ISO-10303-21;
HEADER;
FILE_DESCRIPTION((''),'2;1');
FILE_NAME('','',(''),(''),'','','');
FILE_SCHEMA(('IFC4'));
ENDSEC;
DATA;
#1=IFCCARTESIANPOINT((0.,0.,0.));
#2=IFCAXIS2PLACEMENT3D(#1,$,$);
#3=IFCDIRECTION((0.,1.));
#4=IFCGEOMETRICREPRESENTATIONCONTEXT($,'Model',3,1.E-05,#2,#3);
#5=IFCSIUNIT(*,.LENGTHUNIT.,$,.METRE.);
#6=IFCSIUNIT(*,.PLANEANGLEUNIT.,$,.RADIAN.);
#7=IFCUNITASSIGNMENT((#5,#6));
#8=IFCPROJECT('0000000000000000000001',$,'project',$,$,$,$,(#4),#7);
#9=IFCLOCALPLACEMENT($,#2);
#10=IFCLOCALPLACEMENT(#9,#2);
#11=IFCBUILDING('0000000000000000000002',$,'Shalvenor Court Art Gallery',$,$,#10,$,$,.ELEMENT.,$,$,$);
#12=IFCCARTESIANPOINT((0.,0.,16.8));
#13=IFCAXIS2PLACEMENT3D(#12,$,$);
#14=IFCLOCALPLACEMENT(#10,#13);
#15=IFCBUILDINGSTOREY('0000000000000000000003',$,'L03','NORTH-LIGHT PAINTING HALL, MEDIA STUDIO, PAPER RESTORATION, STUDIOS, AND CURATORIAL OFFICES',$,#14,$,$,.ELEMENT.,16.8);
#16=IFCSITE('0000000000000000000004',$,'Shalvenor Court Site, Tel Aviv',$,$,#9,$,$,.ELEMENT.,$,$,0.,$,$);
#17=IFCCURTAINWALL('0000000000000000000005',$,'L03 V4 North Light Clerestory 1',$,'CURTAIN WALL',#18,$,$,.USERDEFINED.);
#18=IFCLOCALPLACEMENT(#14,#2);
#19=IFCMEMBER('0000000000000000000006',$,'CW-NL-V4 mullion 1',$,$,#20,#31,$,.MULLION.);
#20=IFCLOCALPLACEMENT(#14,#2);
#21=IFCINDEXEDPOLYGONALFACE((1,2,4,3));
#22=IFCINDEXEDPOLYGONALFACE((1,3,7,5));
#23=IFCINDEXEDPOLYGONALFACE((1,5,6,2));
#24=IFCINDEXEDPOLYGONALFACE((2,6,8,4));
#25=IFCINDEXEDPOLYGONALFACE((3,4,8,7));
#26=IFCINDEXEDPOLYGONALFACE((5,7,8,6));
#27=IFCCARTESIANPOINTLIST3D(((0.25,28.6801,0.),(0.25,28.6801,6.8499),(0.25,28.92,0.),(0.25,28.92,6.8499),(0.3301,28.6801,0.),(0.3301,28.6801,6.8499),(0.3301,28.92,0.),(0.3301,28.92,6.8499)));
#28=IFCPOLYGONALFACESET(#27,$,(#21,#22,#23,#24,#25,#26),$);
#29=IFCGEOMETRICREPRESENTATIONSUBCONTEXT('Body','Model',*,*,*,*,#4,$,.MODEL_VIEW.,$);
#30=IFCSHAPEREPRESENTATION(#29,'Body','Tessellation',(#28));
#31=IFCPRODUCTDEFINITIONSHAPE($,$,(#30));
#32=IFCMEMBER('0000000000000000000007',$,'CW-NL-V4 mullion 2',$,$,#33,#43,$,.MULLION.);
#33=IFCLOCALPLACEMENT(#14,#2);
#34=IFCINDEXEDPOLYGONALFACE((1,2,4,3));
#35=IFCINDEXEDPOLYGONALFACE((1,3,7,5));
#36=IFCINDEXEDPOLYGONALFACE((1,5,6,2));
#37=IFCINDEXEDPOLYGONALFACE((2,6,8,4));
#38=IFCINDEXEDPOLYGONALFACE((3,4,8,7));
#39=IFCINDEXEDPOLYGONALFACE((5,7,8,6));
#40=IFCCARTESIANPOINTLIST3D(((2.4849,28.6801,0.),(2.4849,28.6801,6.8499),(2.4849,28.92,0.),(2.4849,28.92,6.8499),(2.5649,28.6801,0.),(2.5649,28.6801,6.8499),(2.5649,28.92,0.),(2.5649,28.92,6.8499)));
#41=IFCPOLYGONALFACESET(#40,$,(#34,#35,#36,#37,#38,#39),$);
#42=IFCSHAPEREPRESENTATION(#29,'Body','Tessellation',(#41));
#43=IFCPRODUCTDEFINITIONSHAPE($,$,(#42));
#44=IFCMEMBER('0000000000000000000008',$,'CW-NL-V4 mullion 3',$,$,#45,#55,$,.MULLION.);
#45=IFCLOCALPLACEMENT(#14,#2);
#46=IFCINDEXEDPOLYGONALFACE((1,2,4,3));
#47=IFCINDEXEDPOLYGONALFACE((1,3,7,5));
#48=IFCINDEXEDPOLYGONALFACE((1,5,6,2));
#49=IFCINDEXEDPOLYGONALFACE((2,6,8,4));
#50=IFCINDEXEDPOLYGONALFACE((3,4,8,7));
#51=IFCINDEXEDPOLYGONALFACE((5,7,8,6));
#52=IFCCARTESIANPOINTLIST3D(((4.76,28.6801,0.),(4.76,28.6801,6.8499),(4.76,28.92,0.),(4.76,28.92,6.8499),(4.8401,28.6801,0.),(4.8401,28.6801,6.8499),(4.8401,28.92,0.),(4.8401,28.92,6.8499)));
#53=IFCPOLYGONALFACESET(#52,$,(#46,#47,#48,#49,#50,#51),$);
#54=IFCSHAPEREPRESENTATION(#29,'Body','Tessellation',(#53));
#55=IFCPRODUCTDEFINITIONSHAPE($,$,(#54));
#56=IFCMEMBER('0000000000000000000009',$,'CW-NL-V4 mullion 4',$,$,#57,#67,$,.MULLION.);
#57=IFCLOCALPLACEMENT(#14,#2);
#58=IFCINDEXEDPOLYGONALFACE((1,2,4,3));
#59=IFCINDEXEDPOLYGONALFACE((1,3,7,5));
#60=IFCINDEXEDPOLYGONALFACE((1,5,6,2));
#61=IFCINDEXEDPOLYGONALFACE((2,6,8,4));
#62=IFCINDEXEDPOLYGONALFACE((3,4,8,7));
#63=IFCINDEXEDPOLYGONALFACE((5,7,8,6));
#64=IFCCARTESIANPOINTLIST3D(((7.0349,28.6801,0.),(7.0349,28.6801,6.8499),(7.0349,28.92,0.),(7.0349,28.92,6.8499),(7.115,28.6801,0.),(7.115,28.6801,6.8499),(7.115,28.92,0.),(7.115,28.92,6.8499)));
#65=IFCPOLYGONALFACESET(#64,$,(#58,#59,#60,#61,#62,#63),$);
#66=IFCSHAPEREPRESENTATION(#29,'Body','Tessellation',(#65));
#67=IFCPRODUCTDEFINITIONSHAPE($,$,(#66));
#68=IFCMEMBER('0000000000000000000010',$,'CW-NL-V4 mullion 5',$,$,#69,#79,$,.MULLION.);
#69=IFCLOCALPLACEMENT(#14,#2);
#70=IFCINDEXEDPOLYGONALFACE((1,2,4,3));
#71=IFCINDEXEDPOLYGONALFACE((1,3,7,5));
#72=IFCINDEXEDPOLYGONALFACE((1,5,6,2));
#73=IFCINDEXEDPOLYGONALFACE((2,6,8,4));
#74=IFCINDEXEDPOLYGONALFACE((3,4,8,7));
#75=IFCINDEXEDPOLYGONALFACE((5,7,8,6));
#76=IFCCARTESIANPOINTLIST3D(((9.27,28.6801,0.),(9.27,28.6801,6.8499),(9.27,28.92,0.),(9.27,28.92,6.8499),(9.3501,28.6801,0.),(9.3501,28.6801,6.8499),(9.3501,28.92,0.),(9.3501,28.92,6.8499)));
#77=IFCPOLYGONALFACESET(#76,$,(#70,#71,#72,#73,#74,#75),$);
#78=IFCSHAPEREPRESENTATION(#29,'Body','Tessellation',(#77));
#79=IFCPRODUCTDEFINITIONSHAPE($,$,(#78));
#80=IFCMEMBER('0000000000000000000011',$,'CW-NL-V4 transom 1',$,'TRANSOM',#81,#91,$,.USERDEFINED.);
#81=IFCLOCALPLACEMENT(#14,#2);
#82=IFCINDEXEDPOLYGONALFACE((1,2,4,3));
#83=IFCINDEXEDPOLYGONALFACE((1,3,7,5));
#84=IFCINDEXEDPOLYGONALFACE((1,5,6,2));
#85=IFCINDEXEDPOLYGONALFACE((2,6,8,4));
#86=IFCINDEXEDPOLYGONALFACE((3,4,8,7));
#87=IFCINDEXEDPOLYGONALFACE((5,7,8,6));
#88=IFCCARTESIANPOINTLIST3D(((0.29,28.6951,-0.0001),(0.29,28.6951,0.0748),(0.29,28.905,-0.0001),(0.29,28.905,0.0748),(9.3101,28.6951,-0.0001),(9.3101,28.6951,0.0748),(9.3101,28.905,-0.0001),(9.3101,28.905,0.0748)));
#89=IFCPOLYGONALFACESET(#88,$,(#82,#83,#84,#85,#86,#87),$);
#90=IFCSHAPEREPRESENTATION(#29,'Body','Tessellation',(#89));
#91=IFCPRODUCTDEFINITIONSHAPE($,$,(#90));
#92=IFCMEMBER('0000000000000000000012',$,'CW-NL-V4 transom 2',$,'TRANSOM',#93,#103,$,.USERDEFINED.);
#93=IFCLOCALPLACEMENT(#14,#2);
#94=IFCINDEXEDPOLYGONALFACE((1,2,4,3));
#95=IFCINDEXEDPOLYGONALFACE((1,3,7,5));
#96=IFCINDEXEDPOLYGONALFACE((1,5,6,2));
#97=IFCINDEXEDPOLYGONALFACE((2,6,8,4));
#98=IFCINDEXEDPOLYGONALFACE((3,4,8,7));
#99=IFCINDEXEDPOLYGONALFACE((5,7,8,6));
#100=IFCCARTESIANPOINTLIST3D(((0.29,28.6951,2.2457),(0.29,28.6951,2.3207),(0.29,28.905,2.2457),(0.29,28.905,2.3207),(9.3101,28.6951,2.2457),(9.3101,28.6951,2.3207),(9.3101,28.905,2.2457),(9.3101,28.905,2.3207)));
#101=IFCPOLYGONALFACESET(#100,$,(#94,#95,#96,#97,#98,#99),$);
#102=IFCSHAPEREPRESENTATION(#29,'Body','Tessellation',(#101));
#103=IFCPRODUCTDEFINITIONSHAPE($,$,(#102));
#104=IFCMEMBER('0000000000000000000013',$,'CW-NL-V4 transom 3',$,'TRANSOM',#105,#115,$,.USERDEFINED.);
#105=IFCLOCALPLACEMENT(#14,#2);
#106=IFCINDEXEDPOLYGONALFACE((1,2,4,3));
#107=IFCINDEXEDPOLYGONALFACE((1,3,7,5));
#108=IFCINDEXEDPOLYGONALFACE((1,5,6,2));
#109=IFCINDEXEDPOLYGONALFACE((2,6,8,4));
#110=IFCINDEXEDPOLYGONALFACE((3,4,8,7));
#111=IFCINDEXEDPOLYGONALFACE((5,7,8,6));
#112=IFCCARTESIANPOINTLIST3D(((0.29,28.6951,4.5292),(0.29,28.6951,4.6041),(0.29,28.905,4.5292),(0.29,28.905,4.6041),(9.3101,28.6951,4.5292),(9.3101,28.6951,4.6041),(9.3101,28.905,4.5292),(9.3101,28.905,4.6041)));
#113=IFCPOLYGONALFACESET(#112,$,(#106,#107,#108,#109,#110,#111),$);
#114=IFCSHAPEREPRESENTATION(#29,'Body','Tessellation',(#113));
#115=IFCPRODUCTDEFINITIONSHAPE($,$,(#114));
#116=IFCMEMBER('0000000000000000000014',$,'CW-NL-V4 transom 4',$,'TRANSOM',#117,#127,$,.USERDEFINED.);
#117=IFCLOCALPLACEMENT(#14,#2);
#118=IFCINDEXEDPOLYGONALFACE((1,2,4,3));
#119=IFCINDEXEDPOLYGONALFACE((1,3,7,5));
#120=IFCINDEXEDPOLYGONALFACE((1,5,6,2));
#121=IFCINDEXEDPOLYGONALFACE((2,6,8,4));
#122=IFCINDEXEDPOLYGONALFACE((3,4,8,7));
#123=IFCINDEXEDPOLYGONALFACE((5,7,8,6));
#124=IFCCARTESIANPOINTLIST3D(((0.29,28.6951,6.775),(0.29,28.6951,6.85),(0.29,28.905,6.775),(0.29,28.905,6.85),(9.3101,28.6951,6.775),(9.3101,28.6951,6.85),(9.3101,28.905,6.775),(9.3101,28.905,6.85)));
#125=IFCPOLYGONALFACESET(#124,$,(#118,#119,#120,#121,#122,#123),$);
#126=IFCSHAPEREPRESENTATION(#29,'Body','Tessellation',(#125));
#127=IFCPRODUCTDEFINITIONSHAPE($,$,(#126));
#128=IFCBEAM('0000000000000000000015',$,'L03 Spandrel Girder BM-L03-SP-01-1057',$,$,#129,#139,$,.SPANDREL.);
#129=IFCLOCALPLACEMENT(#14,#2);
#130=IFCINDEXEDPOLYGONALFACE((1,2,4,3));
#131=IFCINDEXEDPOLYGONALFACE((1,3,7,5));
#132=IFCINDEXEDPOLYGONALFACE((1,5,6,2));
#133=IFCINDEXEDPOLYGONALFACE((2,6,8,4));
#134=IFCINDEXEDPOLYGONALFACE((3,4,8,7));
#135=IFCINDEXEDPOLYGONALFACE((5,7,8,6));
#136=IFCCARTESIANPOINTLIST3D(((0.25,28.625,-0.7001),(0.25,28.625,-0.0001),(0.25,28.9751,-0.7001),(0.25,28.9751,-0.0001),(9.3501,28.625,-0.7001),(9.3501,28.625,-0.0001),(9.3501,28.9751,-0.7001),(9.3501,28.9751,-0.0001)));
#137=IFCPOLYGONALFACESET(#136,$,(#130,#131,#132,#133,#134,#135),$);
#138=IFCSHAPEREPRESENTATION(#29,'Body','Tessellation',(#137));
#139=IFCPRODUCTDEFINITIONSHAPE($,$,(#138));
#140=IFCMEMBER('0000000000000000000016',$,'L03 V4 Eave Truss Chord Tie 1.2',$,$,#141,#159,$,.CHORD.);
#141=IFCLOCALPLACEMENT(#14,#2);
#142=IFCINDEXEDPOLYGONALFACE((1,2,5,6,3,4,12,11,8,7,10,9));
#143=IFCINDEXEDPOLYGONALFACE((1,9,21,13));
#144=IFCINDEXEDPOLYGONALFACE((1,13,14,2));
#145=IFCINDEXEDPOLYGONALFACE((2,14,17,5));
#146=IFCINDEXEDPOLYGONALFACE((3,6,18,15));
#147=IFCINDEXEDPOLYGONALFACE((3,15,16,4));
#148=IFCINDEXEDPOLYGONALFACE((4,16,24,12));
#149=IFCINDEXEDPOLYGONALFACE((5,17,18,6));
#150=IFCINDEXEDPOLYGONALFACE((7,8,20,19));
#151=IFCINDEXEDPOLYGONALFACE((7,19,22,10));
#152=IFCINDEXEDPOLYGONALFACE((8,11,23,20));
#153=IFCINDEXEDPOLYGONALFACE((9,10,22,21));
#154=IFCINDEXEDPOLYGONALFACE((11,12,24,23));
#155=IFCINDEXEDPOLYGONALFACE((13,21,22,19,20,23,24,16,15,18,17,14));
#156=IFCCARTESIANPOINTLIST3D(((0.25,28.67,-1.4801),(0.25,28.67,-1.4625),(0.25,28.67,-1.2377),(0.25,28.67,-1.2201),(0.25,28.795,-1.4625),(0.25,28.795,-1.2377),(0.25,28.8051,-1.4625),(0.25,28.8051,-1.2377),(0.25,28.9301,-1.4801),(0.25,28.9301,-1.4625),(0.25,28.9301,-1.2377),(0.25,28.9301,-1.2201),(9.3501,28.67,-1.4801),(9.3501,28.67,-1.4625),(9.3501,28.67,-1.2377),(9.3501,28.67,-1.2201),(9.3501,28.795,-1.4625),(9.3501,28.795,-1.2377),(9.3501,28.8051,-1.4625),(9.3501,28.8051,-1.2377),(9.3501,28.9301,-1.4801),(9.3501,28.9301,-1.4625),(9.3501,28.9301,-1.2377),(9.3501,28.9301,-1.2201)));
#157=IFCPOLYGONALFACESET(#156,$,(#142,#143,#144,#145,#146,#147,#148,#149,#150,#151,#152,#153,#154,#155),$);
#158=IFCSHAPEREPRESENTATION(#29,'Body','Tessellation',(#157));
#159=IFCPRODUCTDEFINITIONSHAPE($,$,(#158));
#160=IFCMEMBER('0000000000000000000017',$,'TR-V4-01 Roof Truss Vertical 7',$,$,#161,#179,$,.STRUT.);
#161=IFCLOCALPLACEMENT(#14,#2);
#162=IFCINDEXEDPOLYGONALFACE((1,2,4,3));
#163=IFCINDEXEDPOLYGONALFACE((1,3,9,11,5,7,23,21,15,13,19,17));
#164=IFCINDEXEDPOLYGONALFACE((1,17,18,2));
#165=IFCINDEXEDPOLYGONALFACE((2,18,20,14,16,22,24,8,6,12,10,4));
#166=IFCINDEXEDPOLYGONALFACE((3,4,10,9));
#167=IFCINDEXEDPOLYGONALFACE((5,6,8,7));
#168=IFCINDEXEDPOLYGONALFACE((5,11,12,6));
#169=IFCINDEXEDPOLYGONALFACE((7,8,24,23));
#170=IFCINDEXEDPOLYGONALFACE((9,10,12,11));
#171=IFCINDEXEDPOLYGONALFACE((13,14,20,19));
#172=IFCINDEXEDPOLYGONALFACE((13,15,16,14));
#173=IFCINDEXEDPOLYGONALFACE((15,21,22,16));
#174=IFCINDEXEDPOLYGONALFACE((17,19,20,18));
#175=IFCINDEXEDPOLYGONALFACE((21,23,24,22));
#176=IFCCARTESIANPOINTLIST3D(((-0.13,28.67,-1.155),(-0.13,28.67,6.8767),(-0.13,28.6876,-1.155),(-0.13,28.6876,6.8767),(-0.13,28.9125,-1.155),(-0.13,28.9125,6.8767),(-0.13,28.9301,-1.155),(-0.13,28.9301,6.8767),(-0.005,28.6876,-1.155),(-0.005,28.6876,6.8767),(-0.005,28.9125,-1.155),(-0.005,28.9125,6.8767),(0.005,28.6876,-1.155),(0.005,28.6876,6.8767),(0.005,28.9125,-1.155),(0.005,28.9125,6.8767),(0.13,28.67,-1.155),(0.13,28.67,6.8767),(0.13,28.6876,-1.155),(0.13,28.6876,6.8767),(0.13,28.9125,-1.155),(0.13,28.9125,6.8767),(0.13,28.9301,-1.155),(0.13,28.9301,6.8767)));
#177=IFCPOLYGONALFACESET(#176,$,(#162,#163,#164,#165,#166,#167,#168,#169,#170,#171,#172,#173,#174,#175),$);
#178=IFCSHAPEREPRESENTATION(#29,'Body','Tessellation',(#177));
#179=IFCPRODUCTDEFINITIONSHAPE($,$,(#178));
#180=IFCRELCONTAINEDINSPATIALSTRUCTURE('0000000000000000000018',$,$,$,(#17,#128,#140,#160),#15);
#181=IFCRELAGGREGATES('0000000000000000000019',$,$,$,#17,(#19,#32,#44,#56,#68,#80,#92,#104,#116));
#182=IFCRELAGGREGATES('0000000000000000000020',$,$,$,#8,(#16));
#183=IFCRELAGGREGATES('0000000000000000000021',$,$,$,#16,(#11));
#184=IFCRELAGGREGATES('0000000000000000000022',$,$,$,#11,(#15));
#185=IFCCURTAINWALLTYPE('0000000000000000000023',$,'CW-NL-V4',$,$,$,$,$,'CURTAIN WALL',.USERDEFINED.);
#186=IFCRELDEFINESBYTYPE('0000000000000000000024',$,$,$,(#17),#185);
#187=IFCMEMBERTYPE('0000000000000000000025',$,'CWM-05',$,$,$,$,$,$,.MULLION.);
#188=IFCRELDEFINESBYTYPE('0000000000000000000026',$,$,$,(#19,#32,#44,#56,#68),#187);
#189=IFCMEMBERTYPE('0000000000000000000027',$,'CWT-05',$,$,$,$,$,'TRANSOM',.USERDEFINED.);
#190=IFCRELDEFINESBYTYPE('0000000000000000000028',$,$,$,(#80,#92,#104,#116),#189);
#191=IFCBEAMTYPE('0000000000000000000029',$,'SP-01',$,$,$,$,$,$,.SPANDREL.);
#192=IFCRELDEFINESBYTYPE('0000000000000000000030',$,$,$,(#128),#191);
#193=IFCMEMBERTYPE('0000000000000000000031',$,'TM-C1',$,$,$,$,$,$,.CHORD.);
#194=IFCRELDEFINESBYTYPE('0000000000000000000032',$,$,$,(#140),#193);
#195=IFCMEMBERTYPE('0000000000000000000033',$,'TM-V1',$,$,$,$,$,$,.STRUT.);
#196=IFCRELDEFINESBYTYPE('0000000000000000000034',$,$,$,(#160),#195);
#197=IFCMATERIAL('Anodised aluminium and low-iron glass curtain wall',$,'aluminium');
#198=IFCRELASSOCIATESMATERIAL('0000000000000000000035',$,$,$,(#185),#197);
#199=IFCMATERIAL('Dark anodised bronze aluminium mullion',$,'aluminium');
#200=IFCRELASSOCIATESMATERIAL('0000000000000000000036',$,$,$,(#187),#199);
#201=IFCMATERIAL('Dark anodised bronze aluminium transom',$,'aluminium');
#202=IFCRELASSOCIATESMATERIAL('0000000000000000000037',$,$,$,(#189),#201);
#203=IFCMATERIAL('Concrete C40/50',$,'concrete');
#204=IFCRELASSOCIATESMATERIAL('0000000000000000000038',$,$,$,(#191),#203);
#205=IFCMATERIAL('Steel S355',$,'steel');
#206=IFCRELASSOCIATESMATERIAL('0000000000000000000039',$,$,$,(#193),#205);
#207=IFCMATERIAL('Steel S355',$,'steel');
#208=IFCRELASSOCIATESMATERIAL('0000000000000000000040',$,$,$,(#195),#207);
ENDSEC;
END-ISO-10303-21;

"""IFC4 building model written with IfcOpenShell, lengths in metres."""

from ifc_helpers import new_model, si_unit, direction, frame, origin, origin_2d, place, context, subcontext, project, spatial, rectangle, i_section, extrude, material, material_profile, profile_set, type_object, element, aggregate, save


model = new_model("IFC4")

# Units and contexts
model_context = context("Model", 3, precision=1e-05, world=origin(), true_north=direction((0.0, 1.0)))
body_context = subcontext(model_context, "Body", "Model", "MODEL_VIEW")
ifc_project = project(units=[si_unit("LENGTHUNIT", "METRE"), si_unit("PLANEANGLEUNIT", "RADIAN")], contexts=[model_context])

# Site, building, storey
site_placement = place(None, origin())
site = spatial("IfcSite", under=ifc_project, at=site_placement, Name="Shalvenor Court Site, Tel Aviv", CompositionType="ELEMENT", RefElevation=0.0)
building_placement = place(site_placement, origin())
building = spatial("IfcBuilding", under=site, at=building_placement, Name="Shalvenor Court Art Gallery", CompositionType="ELEMENT")
storey_placement = place(building_placement, frame((0.0, 0.0, 16.8)))
storey = spatial("IfcBuildingStorey", under=building, at=storey_placement, Name="L03", Description="NORTH-LIGHT PAINTING HALL, MEDIA STUDIO, PAPER RESTORATION, STUDIOS, AND CURATORIAL OFFICES", CompositionType="ELEMENT", Elevation=16.8)

# Curtain wall, members
ifc_material_1 = material(Name="Anodised aluminium and low-iron glass curtain wall", Category="aluminium")
curtain_wall_type = type_object("IfcCurtainWallType", Name="CW-NL-V4", ElementType="CURTAIN WALL", PredefinedType="USERDEFINED", material=ifc_material_1)
curtain_wall_placement = place(storey_placement, origin())
curtain_wall = element("IfcCurtainWall", 1, at=curtain_wall_placement, inside=storey, type_object=curtain_wall_type, Name="L03 V4 North Light Clerestory 1", ObjectType="CURTAIN WALL", PredefinedType="USERDEFINED")
ifc_material_2 = material(Name="Dark anodised bronze aluminium mullion", Category="aluminium")
ifc_material_profile_1 = material_profile(ifc_material_2, rectangle(XDim=0.0801, YDim=0.24, at=origin_2d()), Name="CWM-05")
ifc_profile_set_1 = profile_set([ifc_material_profile_1], Name="Dark anodised bronze aluminium mullion")
member_type_1 = type_object("IfcMemberType", Name="CWM-05", PredefinedType="MULLION", material=ifc_profile_set_1)
member_1_placement = place(storey_placement, frame((0.29, 28.8, 0.0), z_axis=(0.0, 0.0, 1.0), x_axis=(1.0, 0.0, 0.0)))
member_1 = element("IfcMember", 2, at=member_1_placement, type_object=member_type_1, Name="CW-NL-V4 mullion 1", PredefinedType="MULLION", context=body_context, shape_type="SweptSolid", body=[
    extrude(rectangle(XDim=0.0801, YDim=0.24, at=origin_2d()), origin(), (0.0, 0.0, 1.0), 6.8499),
])
member_2_placement = place(storey_placement, frame((2.5249, 28.8, 0.0), z_axis=(0.0, 0.0, 1.0), x_axis=(1.0, 0.0, 0.0)))
member_2 = element("IfcMember", 3, at=member_2_placement, type_object=member_type_1, Name="CW-NL-V4 mullion 2", PredefinedType="MULLION", context=body_context, shape_type="SweptSolid", body=[
    extrude(rectangle(XDim=0.0801, YDim=0.24, at=origin_2d()), origin(), (0.0, 0.0, 1.0), 6.8499),
])
member_3_placement = place(storey_placement, frame((4.8, 28.8, 0.0), z_axis=(0.0, 0.0, 1.0), x_axis=(1.0, 0.0, 0.0)))
member_3 = element("IfcMember", 4, at=member_3_placement, type_object=member_type_1, Name="CW-NL-V4 mullion 3", PredefinedType="MULLION", context=body_context, shape_type="SweptSolid", body=[
    extrude(rectangle(XDim=0.0801, YDim=0.24, at=origin_2d()), origin(), (0.0, 0.0, 1.0), 6.8499),
])
member_4_placement = place(storey_placement, frame((7.075, 28.8, 0.0), z_axis=(0.0, 0.0, 1.0), x_axis=(1.0, 0.0, 0.0)))
member_4 = element("IfcMember", 5, at=member_4_placement, type_object=member_type_1, Name="CW-NL-V4 mullion 4", PredefinedType="MULLION", context=body_context, shape_type="SweptSolid", body=[
    extrude(rectangle(XDim=0.0801, YDim=0.24, at=origin_2d()), origin(), (0.0, 0.0, 1.0), 6.8499),
])
member_5_placement = place(storey_placement, frame((9.3101, 28.8, 0.0), z_axis=(0.0, 0.0, 1.0), x_axis=(1.0, 0.0, 0.0)))
member_5 = element("IfcMember", 6, at=member_5_placement, type_object=member_type_1, Name="CW-NL-V4 mullion 5", PredefinedType="MULLION", context=body_context, shape_type="SweptSolid", body=[
    extrude(rectangle(XDim=0.0801, YDim=0.24, at=origin_2d()), origin(), (0.0, 0.0, 1.0), 6.8499),
])
ifc_material_3 = material(Name="Dark anodised bronze aluminium transom", Category="aluminium")
ifc_material_profile_2 = material_profile(ifc_material_3, rectangle(XDim=0.21, YDim=0.075, at=origin_2d()), Name="CWT-05")
ifc_profile_set_2 = profile_set([ifc_material_profile_2], Name="Dark anodised bronze aluminium transom")
member_type_2 = type_object("IfcMemberType", Name="CWT-05", ElementType="TRANSOM", PredefinedType="USERDEFINED", material=ifc_profile_set_2)
member_6_placement = place(storey_placement, frame((0.29, 28.8, 0.0374), z_axis=(1.0, 0.0, 0.0), x_axis=(0.0, 1.0, 0.0)))
member_6 = element("IfcMember", 7, at=member_6_placement, type_object=member_type_2, Name="CW-NL-V4 transom 1", ObjectType="TRANSOM", PredefinedType="USERDEFINED", context=body_context, shape_type="SweptSolid", body=[
    extrude(rectangle(XDim=0.21, YDim=0.075, at=origin_2d()), origin(), (0.0, 0.0, 1.0), 9.02),
])
member_7_placement = place(storey_placement, frame((0.29, 28.8, 2.2832), z_axis=(1.0, 0.0, 0.0), x_axis=(0.0, 1.0, 0.0)))
member_7 = element("IfcMember", 8, at=member_7_placement, type_object=member_type_2, Name="CW-NL-V4 transom 2", ObjectType="TRANSOM", PredefinedType="USERDEFINED", context=body_context, shape_type="SweptSolid", body=[
    extrude(rectangle(XDim=0.21, YDim=0.075, at=origin_2d()), origin(), (0.0, 0.0, 1.0), 9.02),
])
member_8_placement = place(storey_placement, frame((0.29, 28.8, 4.5667), z_axis=(1.0, 0.0, 0.0), x_axis=(0.0, 1.0, 0.0)))
member_8 = element("IfcMember", 9, at=member_8_placement, type_object=member_type_2, Name="CW-NL-V4 transom 3", ObjectType="TRANSOM", PredefinedType="USERDEFINED", context=body_context, shape_type="SweptSolid", body=[
    extrude(rectangle(XDim=0.21, YDim=0.075, at=origin_2d()), origin(), (0.0, 0.0, 1.0), 9.02),
])
member_9_placement = place(storey_placement, frame((0.29, 28.8, 6.8125), z_axis=(1.0, 0.0, 0.0), x_axis=(0.0, 1.0, 0.0)))
member_9 = element("IfcMember", 10, at=member_9_placement, type_object=member_type_2, Name="CW-NL-V4 transom 4", ObjectType="TRANSOM", PredefinedType="USERDEFINED", context=body_context, shape_type="SweptSolid", body=[
    extrude(rectangle(XDim=0.21, YDim=0.075, at=origin_2d()), origin(), (0.0, 0.0, 1.0), 9.02),
])

# Beam
ifc_material_4 = material(Name="Concrete C40/50", Category="concrete")
ifc_material_profile_3 = material_profile(ifc_material_4, rectangle(XDim=0.3501, YDim=0.7, at=origin_2d()), Name="RC 350x700")
ifc_profile_set_3 = profile_set([ifc_material_profile_3], Name="Concrete C40/50")
beam_type = type_object("IfcBeamType", Name="SP-01", PredefinedType="SPANDREL", material=ifc_profile_set_3)
beam_placement = place(storey_placement, frame((0.25, 28.8, -0.3501), z_axis=(1.0, 0.0, 0.0), x_axis=(0.0, 1.0, 0.0)))
element("IfcBeam", 11, at=beam_placement, inside=storey, type_object=beam_type, Name="L03 Spandrel Girder BM-L03-SP-01-1057", PredefinedType="SPANDREL", context=body_context, shape_type="SweptSolid", body=[
    extrude(rectangle(XDim=0.3501, YDim=0.7, at=origin_2d()), origin(), (0.0, 0.0, 1.0), 9.1001),
])

# Members
ifc_material_5 = material(Name="Steel S355", Category="steel")
ifc_material_profile_4 = material_profile(ifc_material_5, i_section(OverallWidth=0.26, OverallDepth=0.26, WebThickness=0.01, FlangeThickness=0.0176, at=origin_2d()), Name="HEB 260")
ifc_profile_set_4 = profile_set([ifc_material_profile_4], Name="Steel S355")
member_type_3 = type_object("IfcMemberType", Name="TM-C1", PredefinedType="CHORD", material=ifc_profile_set_4)
member_10_placement = place(storey_placement, frame((0.25, 28.8, -1.3501), z_axis=(1.0, 0.0, 0.0), x_axis=(0.0, 1.0, 0.0)))
element("IfcMember", 12, at=member_10_placement, inside=storey, type_object=member_type_3, Name="L03 V4 Eave Truss Chord Tie 1.2", PredefinedType="CHORD", context=body_context, shape_type="SweptSolid", body=[
    extrude(i_section(OverallWidth=0.26, OverallDepth=0.26, WebThickness=0.01, FlangeThickness=0.0176, at=origin_2d()), origin(), (0.0, 0.0, 1.0), 9.1001),
])
ifc_material_6 = material(Name="Steel S355", Category="steel")
ifc_material_profile_5 = material_profile(ifc_material_6, i_section(OverallWidth=0.26, OverallDepth=0.26, WebThickness=0.01, FlangeThickness=0.0176, at=origin_2d()), Name="HEB 260")
ifc_profile_set_5 = profile_set([ifc_material_profile_5], Name="Steel S355")
member_type_4 = type_object("IfcMemberType", Name="TM-V1", PredefinedType="STRUT", material=ifc_profile_set_5)
for number, where, z_axis, x_axis, name in (
    (13, (0.0, 28.8, -1.155), (0.0, 0.0, 1.0), (1.0, 0.0, 0.0), "TR-V4-01 Roof Truss Vertical 7"),
):
    element("IfcMember", number, at=place(storey_placement, frame(where, z_axis=z_axis, x_axis=x_axis)), inside=storey, type_object=member_type_4, Name=name, PredefinedType="STRUT", context=body_context, shape_type="SweptSolid", body=[
        extrude(i_section(OverallWidth=0.26, OverallDepth=0.26, WebThickness=0.01, FlangeThickness=0.0176, at=origin_2d()), origin(), (0.0, 0.0, 1.0), 8.0317),
    ])

aggregate(curtain_wall, [member_1, member_2, member_3, member_4, member_5, member_6, member_7, member_8, member_9])

save(model, "model.ifc")
